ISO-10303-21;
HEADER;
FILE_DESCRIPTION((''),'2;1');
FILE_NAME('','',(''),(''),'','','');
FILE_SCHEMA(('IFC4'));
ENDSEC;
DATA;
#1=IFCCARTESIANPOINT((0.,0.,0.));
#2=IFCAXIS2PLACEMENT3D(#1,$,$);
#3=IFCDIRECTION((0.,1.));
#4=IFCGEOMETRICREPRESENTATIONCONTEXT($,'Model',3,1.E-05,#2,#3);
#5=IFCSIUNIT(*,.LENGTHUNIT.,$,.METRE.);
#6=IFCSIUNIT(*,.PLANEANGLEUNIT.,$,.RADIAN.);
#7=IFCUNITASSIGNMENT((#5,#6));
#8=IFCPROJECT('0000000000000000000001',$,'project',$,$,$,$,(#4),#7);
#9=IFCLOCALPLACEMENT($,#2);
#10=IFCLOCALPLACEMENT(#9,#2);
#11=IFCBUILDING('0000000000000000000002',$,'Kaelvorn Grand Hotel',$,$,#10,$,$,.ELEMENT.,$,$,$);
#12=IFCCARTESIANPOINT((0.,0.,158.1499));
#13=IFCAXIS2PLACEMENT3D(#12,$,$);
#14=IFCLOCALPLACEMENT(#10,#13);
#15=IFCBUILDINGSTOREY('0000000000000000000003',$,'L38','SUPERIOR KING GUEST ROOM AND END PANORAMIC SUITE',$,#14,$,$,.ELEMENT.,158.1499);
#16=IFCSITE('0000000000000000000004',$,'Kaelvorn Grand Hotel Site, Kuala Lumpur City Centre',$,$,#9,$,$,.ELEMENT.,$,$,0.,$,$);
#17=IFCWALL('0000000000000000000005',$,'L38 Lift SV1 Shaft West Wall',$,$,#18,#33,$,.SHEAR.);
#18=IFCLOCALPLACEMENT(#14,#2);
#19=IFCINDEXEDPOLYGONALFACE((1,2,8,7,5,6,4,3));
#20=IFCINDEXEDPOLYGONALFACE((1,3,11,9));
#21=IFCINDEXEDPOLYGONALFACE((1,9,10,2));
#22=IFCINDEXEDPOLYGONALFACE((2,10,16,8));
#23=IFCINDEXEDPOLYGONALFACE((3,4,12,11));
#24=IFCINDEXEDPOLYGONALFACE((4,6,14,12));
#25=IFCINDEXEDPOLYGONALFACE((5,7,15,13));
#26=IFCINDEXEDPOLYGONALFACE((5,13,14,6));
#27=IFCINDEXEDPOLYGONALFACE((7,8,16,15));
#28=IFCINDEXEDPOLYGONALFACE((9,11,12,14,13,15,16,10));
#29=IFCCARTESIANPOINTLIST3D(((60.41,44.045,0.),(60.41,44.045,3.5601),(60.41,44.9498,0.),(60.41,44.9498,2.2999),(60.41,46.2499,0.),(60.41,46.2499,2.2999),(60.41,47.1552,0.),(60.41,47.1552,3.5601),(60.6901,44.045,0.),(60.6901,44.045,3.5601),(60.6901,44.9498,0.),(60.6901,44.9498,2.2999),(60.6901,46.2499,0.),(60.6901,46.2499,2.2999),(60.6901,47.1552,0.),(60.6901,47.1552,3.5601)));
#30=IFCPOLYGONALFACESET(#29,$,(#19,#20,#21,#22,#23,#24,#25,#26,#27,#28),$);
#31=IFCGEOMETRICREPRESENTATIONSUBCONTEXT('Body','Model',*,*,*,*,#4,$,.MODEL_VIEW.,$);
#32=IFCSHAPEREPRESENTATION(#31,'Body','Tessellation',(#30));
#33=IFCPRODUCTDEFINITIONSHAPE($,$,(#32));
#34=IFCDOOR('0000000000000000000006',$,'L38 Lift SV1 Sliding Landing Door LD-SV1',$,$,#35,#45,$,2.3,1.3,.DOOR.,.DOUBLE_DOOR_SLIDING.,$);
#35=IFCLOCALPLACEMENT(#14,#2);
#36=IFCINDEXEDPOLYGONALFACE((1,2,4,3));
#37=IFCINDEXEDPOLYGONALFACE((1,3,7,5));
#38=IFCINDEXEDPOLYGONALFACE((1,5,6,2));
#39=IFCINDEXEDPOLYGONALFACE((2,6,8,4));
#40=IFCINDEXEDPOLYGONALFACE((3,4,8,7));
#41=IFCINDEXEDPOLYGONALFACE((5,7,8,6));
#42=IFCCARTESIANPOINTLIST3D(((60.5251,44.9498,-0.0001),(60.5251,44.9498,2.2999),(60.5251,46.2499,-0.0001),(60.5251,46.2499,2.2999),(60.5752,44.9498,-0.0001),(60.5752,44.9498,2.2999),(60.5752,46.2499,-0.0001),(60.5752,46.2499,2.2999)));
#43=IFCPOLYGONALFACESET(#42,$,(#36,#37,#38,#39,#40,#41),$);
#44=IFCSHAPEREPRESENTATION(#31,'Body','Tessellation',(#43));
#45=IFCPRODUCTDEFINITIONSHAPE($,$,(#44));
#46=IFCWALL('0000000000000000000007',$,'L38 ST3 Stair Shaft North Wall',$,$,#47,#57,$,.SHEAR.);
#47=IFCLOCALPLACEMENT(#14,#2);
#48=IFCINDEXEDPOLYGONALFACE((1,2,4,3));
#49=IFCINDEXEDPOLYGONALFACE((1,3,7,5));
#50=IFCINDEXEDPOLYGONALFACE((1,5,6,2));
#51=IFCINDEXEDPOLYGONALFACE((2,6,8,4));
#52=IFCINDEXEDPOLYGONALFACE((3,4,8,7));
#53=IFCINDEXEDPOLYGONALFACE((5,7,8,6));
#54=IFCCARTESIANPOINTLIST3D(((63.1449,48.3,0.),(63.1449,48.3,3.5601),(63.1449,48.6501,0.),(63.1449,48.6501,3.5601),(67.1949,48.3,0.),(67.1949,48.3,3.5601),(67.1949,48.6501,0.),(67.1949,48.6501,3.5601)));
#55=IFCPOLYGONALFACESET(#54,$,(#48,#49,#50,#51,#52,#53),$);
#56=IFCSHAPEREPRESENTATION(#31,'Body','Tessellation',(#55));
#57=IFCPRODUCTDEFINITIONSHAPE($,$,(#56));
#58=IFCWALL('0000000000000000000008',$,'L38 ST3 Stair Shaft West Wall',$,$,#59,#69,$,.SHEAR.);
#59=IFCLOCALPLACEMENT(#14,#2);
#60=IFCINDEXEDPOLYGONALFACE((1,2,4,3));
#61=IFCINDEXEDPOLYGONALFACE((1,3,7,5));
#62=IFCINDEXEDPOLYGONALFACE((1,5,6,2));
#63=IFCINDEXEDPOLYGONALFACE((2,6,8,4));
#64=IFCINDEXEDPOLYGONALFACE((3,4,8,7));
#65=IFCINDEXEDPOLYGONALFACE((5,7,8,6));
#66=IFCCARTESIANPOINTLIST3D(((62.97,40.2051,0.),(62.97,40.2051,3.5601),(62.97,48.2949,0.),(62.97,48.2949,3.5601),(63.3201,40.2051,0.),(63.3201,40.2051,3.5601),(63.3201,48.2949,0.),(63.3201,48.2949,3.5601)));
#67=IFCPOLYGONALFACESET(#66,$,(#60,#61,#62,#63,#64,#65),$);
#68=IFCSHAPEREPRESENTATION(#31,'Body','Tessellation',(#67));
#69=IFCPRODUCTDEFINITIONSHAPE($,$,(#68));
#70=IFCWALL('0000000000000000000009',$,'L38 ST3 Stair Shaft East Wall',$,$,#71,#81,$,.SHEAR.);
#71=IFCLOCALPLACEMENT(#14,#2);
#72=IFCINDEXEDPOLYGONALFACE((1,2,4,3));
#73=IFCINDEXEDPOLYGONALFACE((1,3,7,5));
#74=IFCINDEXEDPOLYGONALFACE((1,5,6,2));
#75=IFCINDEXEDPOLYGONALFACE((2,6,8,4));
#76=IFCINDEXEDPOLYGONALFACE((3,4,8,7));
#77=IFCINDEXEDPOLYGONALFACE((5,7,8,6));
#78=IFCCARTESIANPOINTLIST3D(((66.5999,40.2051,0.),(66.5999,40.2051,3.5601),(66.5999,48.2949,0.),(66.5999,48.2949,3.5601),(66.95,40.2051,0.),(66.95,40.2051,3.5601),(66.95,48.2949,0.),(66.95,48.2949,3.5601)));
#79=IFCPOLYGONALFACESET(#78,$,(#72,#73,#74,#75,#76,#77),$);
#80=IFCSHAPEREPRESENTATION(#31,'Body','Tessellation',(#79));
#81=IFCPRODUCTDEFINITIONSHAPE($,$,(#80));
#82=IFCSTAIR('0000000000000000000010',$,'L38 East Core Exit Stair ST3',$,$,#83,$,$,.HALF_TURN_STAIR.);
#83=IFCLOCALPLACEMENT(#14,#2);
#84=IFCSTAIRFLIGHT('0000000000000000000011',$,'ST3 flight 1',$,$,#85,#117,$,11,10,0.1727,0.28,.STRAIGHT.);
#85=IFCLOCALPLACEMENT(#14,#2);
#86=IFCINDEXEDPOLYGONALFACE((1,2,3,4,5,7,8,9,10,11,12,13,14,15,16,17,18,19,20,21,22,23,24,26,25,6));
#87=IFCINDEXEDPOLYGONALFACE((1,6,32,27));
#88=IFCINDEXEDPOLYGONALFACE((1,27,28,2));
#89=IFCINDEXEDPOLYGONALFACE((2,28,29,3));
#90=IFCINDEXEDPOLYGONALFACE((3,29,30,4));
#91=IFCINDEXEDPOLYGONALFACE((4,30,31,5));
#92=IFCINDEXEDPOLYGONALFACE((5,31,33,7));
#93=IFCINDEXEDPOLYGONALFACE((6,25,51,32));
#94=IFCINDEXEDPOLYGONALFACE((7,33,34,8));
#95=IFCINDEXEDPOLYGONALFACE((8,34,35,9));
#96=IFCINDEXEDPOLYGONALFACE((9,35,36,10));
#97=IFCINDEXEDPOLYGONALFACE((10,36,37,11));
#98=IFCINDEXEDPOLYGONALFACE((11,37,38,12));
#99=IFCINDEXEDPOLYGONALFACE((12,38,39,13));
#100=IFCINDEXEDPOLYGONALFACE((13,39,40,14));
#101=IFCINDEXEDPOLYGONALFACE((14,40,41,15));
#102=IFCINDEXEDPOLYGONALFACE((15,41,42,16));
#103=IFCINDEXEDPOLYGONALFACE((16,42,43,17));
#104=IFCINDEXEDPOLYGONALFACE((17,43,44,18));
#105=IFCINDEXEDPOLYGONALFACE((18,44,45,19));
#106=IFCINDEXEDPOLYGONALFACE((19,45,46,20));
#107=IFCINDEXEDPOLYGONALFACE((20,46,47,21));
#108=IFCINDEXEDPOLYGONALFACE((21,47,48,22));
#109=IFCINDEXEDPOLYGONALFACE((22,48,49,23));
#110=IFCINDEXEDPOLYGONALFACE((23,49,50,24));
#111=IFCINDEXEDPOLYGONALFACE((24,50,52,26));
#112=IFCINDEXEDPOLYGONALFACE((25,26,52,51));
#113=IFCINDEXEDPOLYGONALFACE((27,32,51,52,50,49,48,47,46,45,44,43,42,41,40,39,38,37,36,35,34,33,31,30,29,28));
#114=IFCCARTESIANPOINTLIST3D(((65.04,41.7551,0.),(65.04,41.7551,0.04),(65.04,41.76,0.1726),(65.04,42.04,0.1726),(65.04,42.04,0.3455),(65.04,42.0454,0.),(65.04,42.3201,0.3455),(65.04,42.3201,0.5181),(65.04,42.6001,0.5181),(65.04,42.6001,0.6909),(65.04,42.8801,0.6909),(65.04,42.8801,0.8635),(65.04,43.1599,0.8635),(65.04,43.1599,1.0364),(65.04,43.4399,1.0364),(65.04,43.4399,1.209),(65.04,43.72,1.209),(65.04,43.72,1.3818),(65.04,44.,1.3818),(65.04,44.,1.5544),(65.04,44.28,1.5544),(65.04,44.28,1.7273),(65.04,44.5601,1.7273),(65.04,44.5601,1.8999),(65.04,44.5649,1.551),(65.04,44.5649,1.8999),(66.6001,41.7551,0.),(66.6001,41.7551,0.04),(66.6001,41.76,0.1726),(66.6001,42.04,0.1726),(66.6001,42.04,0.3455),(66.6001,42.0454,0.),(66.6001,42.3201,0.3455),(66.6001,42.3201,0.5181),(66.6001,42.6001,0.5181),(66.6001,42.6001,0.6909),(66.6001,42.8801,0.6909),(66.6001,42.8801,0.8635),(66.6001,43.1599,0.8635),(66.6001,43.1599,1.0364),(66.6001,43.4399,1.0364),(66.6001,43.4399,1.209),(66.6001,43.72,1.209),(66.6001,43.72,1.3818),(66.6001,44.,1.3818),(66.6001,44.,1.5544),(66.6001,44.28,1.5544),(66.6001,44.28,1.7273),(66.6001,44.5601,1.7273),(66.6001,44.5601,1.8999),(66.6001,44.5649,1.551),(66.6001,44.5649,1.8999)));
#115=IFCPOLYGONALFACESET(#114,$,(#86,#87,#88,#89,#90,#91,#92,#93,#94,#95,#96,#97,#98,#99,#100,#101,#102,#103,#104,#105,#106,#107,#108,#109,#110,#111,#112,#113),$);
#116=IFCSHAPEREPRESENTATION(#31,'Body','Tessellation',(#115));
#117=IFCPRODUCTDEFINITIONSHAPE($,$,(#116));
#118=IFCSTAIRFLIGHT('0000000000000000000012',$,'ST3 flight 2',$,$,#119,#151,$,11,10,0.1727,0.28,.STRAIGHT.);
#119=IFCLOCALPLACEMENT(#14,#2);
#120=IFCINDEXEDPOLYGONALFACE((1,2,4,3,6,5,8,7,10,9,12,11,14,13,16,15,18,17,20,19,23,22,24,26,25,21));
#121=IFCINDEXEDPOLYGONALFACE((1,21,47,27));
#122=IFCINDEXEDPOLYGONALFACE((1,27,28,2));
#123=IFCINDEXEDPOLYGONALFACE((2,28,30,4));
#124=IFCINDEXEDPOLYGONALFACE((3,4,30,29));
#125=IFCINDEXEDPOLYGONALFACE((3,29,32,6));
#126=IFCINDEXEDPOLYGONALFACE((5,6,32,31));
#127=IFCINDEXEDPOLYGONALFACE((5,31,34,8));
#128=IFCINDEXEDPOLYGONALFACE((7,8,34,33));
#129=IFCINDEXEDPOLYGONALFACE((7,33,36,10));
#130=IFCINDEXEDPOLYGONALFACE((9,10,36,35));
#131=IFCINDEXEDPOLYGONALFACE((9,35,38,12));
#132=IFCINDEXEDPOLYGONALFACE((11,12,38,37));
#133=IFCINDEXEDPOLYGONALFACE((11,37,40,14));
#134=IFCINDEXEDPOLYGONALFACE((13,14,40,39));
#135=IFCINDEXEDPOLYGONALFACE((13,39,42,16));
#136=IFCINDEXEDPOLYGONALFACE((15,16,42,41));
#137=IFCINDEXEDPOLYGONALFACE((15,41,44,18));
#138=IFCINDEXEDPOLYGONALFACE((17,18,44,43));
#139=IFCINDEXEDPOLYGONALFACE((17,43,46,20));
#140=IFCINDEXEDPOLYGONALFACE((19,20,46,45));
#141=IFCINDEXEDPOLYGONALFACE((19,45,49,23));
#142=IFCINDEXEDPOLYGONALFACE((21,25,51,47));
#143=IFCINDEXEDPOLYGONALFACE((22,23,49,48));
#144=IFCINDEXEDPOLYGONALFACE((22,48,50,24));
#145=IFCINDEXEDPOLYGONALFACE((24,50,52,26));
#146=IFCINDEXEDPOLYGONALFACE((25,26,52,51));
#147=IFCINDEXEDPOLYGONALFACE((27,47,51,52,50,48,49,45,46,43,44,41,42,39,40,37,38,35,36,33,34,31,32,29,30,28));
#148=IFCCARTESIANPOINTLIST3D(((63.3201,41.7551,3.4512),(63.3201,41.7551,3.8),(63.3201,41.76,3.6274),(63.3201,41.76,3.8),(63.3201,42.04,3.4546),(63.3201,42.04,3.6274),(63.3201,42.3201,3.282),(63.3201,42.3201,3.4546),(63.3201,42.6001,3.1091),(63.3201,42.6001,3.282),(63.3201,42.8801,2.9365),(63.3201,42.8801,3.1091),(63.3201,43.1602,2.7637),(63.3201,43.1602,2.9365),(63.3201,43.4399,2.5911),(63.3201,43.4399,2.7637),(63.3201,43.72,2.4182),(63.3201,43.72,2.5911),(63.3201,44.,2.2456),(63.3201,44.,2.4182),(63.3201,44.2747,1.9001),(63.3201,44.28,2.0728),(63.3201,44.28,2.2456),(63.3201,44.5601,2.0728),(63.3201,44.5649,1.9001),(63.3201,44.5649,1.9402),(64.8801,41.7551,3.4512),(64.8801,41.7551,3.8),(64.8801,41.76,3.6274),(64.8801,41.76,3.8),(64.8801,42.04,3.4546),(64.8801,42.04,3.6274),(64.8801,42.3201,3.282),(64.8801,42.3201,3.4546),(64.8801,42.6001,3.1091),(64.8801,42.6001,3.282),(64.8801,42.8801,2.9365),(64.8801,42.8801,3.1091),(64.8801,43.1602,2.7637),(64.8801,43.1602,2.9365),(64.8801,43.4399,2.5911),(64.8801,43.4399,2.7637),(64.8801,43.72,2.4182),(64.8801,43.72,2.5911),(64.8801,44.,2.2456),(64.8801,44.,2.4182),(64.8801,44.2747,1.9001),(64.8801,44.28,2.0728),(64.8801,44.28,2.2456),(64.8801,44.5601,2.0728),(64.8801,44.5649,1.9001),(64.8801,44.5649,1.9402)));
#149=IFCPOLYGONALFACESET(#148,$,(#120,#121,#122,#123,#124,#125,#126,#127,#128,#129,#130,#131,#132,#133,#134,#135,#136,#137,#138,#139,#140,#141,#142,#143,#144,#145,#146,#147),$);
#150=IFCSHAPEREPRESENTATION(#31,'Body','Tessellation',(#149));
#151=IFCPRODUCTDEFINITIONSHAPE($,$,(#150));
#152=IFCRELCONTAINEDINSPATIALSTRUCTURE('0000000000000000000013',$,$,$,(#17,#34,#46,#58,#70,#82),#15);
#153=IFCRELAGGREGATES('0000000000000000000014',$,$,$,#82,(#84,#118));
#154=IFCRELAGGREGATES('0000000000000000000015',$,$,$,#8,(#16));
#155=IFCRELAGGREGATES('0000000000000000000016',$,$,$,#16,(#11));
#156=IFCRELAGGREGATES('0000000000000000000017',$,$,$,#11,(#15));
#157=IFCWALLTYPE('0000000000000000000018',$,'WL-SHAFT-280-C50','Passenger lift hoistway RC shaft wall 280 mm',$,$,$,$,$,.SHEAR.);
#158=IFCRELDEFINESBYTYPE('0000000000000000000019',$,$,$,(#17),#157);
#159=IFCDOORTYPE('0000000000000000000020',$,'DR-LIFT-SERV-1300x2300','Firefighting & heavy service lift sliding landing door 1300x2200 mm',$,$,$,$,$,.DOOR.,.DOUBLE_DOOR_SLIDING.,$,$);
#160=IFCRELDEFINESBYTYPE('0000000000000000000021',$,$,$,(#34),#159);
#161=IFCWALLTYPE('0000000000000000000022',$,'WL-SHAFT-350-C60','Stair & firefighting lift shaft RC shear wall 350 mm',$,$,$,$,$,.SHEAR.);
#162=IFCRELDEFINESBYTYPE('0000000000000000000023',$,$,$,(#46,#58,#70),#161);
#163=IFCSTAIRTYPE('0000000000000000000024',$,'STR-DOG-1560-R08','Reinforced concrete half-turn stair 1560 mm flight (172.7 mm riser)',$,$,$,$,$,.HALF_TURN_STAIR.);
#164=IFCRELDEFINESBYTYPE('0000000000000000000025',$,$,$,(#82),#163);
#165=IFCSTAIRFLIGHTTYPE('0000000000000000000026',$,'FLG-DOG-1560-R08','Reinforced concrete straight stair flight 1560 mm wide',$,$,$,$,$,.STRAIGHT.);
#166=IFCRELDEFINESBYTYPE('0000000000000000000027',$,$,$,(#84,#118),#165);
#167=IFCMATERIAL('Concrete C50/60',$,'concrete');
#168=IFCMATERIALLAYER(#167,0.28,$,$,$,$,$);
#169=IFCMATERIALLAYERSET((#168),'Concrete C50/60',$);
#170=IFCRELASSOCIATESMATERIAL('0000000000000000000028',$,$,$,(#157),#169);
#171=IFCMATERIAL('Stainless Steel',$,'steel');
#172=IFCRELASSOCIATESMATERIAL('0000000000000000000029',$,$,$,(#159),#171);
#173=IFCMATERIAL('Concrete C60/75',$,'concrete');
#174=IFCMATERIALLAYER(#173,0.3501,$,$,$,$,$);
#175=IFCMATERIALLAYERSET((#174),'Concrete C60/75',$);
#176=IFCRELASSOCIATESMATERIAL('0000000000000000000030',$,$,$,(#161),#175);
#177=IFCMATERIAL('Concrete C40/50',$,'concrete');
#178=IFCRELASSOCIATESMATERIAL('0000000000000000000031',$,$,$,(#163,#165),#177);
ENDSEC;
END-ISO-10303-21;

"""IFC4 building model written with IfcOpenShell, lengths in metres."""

from ifc_helpers import new_model, si_unit, direction, frame, frame_2d, origin, place, context, subcontext, project, spatial, polyline, rectangle, outline, extrude, material, layer, layer_set, type_object, element, fill, aggregate, save


model = new_model("IFC4")

# Units and contexts
model_context = context("Model", 3, precision=1e-05, world=origin(), true_north=direction((0.0, 1.0)))
body_context = subcontext(model_context, "Body", "Model", "MODEL_VIEW")
ifc_project = project(units=[si_unit("LENGTHUNIT", "METRE"), si_unit("PLANEANGLEUNIT", "RADIAN")], contexts=[model_context])

# Site, building, storey
site_placement = place(None, origin())
site = spatial("IfcSite", under=ifc_project, at=site_placement, Name="Kaelvorn Grand Hotel Site, Kuala Lumpur City Centre", CompositionType="ELEMENT", RefElevation=0.0)
building_placement = place(site_placement, origin())
building = spatial("IfcBuilding", under=site, at=building_placement, Name="Kaelvorn Grand Hotel", CompositionType="ELEMENT")
storey_placement = place(building_placement, frame((0.0, 0.0, 158.1499)))
storey = spatial("IfcBuildingStorey", under=building, at=storey_placement, Name="L38", Description="SUPERIOR KING GUEST ROOM AND END PANORAMIC SUITE", CompositionType="ELEMENT", Elevation=158.1499)

# Shared definitions
ifc_material_1 = material(Name="Concrete C60/75", Category="concrete")

# Shared definitions
ifc_material_2 = material(Name="Concrete C50/60", Category="concrete")

# Shared definitions
ifc_material_3 = material(Name="Concrete C40/50", Category="concrete")

# Shared definitions
ifc_layer_1 = layer(ifc_material_2, 0.28)
ifc_layer_set_1 = layer_set([ifc_layer_1], Name="Concrete C50/60")
wall_type_1 = type_object("IfcWallType", Name="WL-SHAFT-280-C50", Description="Passenger lift hoistway RC shaft wall 280 mm", PredefinedType="SHEAR", material=ifc_layer_set_1)

# Shared definitions
ifc_material_4 = material(Name="Stainless Steel", Category="steel")
door_type_1 = type_object("IfcDoorType", Name="DR-LIFT-SERV-1300x2300", Description="Firefighting & heavy service lift sliding landing door 1300x2200 mm", OperationType="DOUBLE_DOOR_SLIDING", PredefinedType="DOOR", material=ifc_material_4)

# Wall, opening, door
wall_1_placement = place(storey_placement, frame((60.55, 44.0449, 0.0), z_axis=(0.0, 0.0, 1.0), x_axis=(0.0, 1.0, 0.0)))
wall_1 = element("IfcWall", 1, at=wall_1_placement, inside=storey, type_object=wall_type_1, Name="L38 Lift SV1 Shaft West Wall", PredefinedType="SHEAR", context=body_context, shape_type="SweptSolid", body=[
    extrude(rectangle(XDim=3.1101, YDim=0.28, at=frame_2d((1.5552, 0.0))), origin(), (0.0, 0.0, 1.0), 3.5601),
])
opening_1_placement = place(wall_1_placement, frame((0.905, 0.0, 0.0)))
opening_1 = element("IfcOpeningElement", 2, at=opening_1_placement, cuts=wall_1, PredefinedType="OPENING", context=body_context, shape_type="SweptSolid", body=[
    extrude(rectangle(XDim=1.3, YDim=2.3, at=frame_2d((0.6499, 1.1499))), frame((0.0, 0.1499, 0.0), z_axis=(0.0, -1.0, 0.0), x_axis=(1.0, 0.0, 0.0)), (0.0, 0.0, 1.0), 0.3),
])
door_1_placement = place(opening_1_placement, origin())
door_1 = element("IfcDoor", 3, at=door_1_placement, inside=storey, type_object=door_type_1, Name="L38 Lift SV1 Sliding Landing Door LD-SV1", OperationType="DOUBLE_DOOR_SLIDING", OverallHeight=2.3, OverallWidth=1.3, PredefinedType="DOOR", context=body_context, shape_type="SweptSolid", body=[
    extrude(rectangle(XDim=1.3, YDim=2.3, at=frame_2d((0.6499, 1.1499))), frame((0.0, 0.0249, 0.0), z_axis=(0.0, -1.0, 0.0), x_axis=(1.0, 0.0, 0.0)), (0.0, 0.0, 1.0), 0.05),
])
fill(opening_1, door_1)
ifc_layer_2 = layer(ifc_material_1, 0.3501)
ifc_layer_set_2 = layer_set([ifc_layer_2], Name="Concrete C60/75")
wall_type_2 = type_object("IfcWallType", Name="WL-SHAFT-350-C60", Description="Stair & firefighting lift shaft RC shear wall 350 mm", PredefinedType="SHEAR", material=ifc_layer_set_2)

# Walls
wall_2_placement = place(storey_placement, frame((63.145, 48.4751, 0.0), z_axis=(0.0, 0.0, 1.0), x_axis=(1.0, 0.0, 0.0)))
element("IfcWall", 4, at=wall_2_placement, inside=storey, type_object=wall_type_2, Name="L38 ST3 Stair Shaft North Wall", PredefinedType="SHEAR", context=body_context, shape_type="SweptSolid", body=[
    extrude(rectangle(XDim=4.05, YDim=0.3501, at=frame_2d((2.0249, 0.0))), origin(), (0.0, 0.0, 1.0), 3.5601),
])
for number, where, z_axis, x_axis, name in (
    (5, (63.145, 40.2051, 0.0), (0.0, 0.0, 1.0), (0.0, 1.0, 0.0), "L38 ST3 Stair Shaft West Wall"),
    (6, (66.7749, 40.2051, 0.0), (0.0, 0.0, 1.0), (0.0, 1.0, 0.0), "L38 ST3 Stair Shaft East Wall"),
):
    element("IfcWall", number, at=place(storey_placement, frame(where, z_axis=z_axis, x_axis=x_axis)), inside=storey, type_object=wall_type_2, Name=name, PredefinedType="SHEAR", context=body_context, shape_type="SweptSolid", body=[
        extrude(rectangle(XDim=8.0898, YDim=0.3501, at=frame_2d((4.0449, 0.0))), origin(), (0.0, 0.0, 1.0), 3.5601),
    ])

# Stair, stair flights
stair_type = type_object("IfcStairType", Name="STR-DOG-1560-R08", Description="Reinforced concrete half-turn stair 1560 mm flight (172.7 mm riser)", PredefinedType="HALF_TURN_STAIR", material=ifc_material_3)
stair_placement = place(storey_placement, origin())
stair = element("IfcStair", 7, at=stair_placement, inside=storey, type_object=stair_type, Name="L38 East Core Exit Stair ST3", PredefinedType="HALF_TURN_STAIR")
stair_flight_type = type_object("IfcStairFlightType", Name="FLG-DOG-1560-R08", Description="Reinforced concrete straight stair flight 1560 mm wide", PredefinedType="STRAIGHT", material=ifc_material_3)
stair_flight_1_placement = place(storey_placement, frame((65.8201, 41.76, 0.0), z_axis=(0.0, 0.0, 1.0), x_axis=(0.0, 1.0, 0.0)))
stair_flight_1 = element("IfcStairFlight", 8, at=stair_flight_1_placement, type_object=stair_flight_type, Name="ST3 flight 1", NumberOfRisers=11, NumberOfTreads=10, PredefinedType="STRAIGHT", RiserHeight=0.1727, TreadLength=0.28, context=body_context, shape_type="SweptSolid", body=[
    extrude(outline(polyline([(-0.0049, 0.0), (-0.0049, 0.04), (0.0, 0.1726), (0.28, 0.1726), (0.28, 0.3455), (0.5601, 0.3455), (0.5601, 0.5181), (0.8401, 0.5181), (0.8401, 0.6909), (1.1201, 0.6909), (1.1201, 0.8635), (1.3999, 0.8635), (1.3999, 1.0364), (1.6799, 1.0364), (1.6799, 1.209), (1.96, 1.209), (1.96, 1.3818), (2.24, 1.3818), (2.24, 1.5544), (2.52, 1.5544), (2.52, 1.7273), (2.8, 1.7273), (2.8, 1.8999), (2.8049, 1.8999), (2.8049, 1.551), (0.2854, 0.0), (-0.0049, 0.0)])), frame((0.0, 0.78, 0.0), z_axis=(0.0, -1.0, 0.0), x_axis=(1.0, 0.0, 0.0)), (0.0, 0.0, 1.0), 1.5601),
])
stair_flight_2_placement = place(storey_placement, frame((64.1001, 44.5601, 1.9001), z_axis=(0.0, 0.0, 1.0), x_axis=(0.0, -1.0, 0.0)))
stair_flight_2 = element("IfcStairFlight", 9, at=stair_flight_2_placement, type_object=stair_flight_type, Name="ST3 flight 2", NumberOfRisers=11, NumberOfTreads=10, PredefinedType="STRAIGHT", RiserHeight=0.1727, TreadLength=0.28, context=body_context, shape_type="SweptSolid", body=[
    extrude(outline(polyline([(-0.0049, 0.0), (-0.0049, 0.04), (0.0, 0.1726), (0.28, 0.1726), (0.28, 0.3455), (0.5601, 0.3455), (0.5601, 0.5181), (0.8401, 0.5181), (0.8401, 0.6909), (1.1201, 0.6909), (1.1201, 0.8635), (1.3999, 0.8635), (1.3999, 1.0364), (1.6799, 1.0364), (1.6799, 1.209), (1.96, 1.209), (1.96, 1.3818), (2.24, 1.3818), (2.24, 1.5544), (2.52, 1.5544), (2.52, 1.7273), (2.8, 1.7273), (2.8, 1.8999), (2.8049, 1.8999), (2.8049, 1.551), (0.2854, 0.0), (-0.0049, 0.0)])), frame((0.0, 0.78, 0.0), z_axis=(0.0, -1.0, 0.0), x_axis=(1.0, 0.0, 0.0)), (0.0, 0.0, 1.0), 1.5601),
])
aggregate(stair, [stair_flight_1, stair_flight_2])

save(model, "model.ifc")
